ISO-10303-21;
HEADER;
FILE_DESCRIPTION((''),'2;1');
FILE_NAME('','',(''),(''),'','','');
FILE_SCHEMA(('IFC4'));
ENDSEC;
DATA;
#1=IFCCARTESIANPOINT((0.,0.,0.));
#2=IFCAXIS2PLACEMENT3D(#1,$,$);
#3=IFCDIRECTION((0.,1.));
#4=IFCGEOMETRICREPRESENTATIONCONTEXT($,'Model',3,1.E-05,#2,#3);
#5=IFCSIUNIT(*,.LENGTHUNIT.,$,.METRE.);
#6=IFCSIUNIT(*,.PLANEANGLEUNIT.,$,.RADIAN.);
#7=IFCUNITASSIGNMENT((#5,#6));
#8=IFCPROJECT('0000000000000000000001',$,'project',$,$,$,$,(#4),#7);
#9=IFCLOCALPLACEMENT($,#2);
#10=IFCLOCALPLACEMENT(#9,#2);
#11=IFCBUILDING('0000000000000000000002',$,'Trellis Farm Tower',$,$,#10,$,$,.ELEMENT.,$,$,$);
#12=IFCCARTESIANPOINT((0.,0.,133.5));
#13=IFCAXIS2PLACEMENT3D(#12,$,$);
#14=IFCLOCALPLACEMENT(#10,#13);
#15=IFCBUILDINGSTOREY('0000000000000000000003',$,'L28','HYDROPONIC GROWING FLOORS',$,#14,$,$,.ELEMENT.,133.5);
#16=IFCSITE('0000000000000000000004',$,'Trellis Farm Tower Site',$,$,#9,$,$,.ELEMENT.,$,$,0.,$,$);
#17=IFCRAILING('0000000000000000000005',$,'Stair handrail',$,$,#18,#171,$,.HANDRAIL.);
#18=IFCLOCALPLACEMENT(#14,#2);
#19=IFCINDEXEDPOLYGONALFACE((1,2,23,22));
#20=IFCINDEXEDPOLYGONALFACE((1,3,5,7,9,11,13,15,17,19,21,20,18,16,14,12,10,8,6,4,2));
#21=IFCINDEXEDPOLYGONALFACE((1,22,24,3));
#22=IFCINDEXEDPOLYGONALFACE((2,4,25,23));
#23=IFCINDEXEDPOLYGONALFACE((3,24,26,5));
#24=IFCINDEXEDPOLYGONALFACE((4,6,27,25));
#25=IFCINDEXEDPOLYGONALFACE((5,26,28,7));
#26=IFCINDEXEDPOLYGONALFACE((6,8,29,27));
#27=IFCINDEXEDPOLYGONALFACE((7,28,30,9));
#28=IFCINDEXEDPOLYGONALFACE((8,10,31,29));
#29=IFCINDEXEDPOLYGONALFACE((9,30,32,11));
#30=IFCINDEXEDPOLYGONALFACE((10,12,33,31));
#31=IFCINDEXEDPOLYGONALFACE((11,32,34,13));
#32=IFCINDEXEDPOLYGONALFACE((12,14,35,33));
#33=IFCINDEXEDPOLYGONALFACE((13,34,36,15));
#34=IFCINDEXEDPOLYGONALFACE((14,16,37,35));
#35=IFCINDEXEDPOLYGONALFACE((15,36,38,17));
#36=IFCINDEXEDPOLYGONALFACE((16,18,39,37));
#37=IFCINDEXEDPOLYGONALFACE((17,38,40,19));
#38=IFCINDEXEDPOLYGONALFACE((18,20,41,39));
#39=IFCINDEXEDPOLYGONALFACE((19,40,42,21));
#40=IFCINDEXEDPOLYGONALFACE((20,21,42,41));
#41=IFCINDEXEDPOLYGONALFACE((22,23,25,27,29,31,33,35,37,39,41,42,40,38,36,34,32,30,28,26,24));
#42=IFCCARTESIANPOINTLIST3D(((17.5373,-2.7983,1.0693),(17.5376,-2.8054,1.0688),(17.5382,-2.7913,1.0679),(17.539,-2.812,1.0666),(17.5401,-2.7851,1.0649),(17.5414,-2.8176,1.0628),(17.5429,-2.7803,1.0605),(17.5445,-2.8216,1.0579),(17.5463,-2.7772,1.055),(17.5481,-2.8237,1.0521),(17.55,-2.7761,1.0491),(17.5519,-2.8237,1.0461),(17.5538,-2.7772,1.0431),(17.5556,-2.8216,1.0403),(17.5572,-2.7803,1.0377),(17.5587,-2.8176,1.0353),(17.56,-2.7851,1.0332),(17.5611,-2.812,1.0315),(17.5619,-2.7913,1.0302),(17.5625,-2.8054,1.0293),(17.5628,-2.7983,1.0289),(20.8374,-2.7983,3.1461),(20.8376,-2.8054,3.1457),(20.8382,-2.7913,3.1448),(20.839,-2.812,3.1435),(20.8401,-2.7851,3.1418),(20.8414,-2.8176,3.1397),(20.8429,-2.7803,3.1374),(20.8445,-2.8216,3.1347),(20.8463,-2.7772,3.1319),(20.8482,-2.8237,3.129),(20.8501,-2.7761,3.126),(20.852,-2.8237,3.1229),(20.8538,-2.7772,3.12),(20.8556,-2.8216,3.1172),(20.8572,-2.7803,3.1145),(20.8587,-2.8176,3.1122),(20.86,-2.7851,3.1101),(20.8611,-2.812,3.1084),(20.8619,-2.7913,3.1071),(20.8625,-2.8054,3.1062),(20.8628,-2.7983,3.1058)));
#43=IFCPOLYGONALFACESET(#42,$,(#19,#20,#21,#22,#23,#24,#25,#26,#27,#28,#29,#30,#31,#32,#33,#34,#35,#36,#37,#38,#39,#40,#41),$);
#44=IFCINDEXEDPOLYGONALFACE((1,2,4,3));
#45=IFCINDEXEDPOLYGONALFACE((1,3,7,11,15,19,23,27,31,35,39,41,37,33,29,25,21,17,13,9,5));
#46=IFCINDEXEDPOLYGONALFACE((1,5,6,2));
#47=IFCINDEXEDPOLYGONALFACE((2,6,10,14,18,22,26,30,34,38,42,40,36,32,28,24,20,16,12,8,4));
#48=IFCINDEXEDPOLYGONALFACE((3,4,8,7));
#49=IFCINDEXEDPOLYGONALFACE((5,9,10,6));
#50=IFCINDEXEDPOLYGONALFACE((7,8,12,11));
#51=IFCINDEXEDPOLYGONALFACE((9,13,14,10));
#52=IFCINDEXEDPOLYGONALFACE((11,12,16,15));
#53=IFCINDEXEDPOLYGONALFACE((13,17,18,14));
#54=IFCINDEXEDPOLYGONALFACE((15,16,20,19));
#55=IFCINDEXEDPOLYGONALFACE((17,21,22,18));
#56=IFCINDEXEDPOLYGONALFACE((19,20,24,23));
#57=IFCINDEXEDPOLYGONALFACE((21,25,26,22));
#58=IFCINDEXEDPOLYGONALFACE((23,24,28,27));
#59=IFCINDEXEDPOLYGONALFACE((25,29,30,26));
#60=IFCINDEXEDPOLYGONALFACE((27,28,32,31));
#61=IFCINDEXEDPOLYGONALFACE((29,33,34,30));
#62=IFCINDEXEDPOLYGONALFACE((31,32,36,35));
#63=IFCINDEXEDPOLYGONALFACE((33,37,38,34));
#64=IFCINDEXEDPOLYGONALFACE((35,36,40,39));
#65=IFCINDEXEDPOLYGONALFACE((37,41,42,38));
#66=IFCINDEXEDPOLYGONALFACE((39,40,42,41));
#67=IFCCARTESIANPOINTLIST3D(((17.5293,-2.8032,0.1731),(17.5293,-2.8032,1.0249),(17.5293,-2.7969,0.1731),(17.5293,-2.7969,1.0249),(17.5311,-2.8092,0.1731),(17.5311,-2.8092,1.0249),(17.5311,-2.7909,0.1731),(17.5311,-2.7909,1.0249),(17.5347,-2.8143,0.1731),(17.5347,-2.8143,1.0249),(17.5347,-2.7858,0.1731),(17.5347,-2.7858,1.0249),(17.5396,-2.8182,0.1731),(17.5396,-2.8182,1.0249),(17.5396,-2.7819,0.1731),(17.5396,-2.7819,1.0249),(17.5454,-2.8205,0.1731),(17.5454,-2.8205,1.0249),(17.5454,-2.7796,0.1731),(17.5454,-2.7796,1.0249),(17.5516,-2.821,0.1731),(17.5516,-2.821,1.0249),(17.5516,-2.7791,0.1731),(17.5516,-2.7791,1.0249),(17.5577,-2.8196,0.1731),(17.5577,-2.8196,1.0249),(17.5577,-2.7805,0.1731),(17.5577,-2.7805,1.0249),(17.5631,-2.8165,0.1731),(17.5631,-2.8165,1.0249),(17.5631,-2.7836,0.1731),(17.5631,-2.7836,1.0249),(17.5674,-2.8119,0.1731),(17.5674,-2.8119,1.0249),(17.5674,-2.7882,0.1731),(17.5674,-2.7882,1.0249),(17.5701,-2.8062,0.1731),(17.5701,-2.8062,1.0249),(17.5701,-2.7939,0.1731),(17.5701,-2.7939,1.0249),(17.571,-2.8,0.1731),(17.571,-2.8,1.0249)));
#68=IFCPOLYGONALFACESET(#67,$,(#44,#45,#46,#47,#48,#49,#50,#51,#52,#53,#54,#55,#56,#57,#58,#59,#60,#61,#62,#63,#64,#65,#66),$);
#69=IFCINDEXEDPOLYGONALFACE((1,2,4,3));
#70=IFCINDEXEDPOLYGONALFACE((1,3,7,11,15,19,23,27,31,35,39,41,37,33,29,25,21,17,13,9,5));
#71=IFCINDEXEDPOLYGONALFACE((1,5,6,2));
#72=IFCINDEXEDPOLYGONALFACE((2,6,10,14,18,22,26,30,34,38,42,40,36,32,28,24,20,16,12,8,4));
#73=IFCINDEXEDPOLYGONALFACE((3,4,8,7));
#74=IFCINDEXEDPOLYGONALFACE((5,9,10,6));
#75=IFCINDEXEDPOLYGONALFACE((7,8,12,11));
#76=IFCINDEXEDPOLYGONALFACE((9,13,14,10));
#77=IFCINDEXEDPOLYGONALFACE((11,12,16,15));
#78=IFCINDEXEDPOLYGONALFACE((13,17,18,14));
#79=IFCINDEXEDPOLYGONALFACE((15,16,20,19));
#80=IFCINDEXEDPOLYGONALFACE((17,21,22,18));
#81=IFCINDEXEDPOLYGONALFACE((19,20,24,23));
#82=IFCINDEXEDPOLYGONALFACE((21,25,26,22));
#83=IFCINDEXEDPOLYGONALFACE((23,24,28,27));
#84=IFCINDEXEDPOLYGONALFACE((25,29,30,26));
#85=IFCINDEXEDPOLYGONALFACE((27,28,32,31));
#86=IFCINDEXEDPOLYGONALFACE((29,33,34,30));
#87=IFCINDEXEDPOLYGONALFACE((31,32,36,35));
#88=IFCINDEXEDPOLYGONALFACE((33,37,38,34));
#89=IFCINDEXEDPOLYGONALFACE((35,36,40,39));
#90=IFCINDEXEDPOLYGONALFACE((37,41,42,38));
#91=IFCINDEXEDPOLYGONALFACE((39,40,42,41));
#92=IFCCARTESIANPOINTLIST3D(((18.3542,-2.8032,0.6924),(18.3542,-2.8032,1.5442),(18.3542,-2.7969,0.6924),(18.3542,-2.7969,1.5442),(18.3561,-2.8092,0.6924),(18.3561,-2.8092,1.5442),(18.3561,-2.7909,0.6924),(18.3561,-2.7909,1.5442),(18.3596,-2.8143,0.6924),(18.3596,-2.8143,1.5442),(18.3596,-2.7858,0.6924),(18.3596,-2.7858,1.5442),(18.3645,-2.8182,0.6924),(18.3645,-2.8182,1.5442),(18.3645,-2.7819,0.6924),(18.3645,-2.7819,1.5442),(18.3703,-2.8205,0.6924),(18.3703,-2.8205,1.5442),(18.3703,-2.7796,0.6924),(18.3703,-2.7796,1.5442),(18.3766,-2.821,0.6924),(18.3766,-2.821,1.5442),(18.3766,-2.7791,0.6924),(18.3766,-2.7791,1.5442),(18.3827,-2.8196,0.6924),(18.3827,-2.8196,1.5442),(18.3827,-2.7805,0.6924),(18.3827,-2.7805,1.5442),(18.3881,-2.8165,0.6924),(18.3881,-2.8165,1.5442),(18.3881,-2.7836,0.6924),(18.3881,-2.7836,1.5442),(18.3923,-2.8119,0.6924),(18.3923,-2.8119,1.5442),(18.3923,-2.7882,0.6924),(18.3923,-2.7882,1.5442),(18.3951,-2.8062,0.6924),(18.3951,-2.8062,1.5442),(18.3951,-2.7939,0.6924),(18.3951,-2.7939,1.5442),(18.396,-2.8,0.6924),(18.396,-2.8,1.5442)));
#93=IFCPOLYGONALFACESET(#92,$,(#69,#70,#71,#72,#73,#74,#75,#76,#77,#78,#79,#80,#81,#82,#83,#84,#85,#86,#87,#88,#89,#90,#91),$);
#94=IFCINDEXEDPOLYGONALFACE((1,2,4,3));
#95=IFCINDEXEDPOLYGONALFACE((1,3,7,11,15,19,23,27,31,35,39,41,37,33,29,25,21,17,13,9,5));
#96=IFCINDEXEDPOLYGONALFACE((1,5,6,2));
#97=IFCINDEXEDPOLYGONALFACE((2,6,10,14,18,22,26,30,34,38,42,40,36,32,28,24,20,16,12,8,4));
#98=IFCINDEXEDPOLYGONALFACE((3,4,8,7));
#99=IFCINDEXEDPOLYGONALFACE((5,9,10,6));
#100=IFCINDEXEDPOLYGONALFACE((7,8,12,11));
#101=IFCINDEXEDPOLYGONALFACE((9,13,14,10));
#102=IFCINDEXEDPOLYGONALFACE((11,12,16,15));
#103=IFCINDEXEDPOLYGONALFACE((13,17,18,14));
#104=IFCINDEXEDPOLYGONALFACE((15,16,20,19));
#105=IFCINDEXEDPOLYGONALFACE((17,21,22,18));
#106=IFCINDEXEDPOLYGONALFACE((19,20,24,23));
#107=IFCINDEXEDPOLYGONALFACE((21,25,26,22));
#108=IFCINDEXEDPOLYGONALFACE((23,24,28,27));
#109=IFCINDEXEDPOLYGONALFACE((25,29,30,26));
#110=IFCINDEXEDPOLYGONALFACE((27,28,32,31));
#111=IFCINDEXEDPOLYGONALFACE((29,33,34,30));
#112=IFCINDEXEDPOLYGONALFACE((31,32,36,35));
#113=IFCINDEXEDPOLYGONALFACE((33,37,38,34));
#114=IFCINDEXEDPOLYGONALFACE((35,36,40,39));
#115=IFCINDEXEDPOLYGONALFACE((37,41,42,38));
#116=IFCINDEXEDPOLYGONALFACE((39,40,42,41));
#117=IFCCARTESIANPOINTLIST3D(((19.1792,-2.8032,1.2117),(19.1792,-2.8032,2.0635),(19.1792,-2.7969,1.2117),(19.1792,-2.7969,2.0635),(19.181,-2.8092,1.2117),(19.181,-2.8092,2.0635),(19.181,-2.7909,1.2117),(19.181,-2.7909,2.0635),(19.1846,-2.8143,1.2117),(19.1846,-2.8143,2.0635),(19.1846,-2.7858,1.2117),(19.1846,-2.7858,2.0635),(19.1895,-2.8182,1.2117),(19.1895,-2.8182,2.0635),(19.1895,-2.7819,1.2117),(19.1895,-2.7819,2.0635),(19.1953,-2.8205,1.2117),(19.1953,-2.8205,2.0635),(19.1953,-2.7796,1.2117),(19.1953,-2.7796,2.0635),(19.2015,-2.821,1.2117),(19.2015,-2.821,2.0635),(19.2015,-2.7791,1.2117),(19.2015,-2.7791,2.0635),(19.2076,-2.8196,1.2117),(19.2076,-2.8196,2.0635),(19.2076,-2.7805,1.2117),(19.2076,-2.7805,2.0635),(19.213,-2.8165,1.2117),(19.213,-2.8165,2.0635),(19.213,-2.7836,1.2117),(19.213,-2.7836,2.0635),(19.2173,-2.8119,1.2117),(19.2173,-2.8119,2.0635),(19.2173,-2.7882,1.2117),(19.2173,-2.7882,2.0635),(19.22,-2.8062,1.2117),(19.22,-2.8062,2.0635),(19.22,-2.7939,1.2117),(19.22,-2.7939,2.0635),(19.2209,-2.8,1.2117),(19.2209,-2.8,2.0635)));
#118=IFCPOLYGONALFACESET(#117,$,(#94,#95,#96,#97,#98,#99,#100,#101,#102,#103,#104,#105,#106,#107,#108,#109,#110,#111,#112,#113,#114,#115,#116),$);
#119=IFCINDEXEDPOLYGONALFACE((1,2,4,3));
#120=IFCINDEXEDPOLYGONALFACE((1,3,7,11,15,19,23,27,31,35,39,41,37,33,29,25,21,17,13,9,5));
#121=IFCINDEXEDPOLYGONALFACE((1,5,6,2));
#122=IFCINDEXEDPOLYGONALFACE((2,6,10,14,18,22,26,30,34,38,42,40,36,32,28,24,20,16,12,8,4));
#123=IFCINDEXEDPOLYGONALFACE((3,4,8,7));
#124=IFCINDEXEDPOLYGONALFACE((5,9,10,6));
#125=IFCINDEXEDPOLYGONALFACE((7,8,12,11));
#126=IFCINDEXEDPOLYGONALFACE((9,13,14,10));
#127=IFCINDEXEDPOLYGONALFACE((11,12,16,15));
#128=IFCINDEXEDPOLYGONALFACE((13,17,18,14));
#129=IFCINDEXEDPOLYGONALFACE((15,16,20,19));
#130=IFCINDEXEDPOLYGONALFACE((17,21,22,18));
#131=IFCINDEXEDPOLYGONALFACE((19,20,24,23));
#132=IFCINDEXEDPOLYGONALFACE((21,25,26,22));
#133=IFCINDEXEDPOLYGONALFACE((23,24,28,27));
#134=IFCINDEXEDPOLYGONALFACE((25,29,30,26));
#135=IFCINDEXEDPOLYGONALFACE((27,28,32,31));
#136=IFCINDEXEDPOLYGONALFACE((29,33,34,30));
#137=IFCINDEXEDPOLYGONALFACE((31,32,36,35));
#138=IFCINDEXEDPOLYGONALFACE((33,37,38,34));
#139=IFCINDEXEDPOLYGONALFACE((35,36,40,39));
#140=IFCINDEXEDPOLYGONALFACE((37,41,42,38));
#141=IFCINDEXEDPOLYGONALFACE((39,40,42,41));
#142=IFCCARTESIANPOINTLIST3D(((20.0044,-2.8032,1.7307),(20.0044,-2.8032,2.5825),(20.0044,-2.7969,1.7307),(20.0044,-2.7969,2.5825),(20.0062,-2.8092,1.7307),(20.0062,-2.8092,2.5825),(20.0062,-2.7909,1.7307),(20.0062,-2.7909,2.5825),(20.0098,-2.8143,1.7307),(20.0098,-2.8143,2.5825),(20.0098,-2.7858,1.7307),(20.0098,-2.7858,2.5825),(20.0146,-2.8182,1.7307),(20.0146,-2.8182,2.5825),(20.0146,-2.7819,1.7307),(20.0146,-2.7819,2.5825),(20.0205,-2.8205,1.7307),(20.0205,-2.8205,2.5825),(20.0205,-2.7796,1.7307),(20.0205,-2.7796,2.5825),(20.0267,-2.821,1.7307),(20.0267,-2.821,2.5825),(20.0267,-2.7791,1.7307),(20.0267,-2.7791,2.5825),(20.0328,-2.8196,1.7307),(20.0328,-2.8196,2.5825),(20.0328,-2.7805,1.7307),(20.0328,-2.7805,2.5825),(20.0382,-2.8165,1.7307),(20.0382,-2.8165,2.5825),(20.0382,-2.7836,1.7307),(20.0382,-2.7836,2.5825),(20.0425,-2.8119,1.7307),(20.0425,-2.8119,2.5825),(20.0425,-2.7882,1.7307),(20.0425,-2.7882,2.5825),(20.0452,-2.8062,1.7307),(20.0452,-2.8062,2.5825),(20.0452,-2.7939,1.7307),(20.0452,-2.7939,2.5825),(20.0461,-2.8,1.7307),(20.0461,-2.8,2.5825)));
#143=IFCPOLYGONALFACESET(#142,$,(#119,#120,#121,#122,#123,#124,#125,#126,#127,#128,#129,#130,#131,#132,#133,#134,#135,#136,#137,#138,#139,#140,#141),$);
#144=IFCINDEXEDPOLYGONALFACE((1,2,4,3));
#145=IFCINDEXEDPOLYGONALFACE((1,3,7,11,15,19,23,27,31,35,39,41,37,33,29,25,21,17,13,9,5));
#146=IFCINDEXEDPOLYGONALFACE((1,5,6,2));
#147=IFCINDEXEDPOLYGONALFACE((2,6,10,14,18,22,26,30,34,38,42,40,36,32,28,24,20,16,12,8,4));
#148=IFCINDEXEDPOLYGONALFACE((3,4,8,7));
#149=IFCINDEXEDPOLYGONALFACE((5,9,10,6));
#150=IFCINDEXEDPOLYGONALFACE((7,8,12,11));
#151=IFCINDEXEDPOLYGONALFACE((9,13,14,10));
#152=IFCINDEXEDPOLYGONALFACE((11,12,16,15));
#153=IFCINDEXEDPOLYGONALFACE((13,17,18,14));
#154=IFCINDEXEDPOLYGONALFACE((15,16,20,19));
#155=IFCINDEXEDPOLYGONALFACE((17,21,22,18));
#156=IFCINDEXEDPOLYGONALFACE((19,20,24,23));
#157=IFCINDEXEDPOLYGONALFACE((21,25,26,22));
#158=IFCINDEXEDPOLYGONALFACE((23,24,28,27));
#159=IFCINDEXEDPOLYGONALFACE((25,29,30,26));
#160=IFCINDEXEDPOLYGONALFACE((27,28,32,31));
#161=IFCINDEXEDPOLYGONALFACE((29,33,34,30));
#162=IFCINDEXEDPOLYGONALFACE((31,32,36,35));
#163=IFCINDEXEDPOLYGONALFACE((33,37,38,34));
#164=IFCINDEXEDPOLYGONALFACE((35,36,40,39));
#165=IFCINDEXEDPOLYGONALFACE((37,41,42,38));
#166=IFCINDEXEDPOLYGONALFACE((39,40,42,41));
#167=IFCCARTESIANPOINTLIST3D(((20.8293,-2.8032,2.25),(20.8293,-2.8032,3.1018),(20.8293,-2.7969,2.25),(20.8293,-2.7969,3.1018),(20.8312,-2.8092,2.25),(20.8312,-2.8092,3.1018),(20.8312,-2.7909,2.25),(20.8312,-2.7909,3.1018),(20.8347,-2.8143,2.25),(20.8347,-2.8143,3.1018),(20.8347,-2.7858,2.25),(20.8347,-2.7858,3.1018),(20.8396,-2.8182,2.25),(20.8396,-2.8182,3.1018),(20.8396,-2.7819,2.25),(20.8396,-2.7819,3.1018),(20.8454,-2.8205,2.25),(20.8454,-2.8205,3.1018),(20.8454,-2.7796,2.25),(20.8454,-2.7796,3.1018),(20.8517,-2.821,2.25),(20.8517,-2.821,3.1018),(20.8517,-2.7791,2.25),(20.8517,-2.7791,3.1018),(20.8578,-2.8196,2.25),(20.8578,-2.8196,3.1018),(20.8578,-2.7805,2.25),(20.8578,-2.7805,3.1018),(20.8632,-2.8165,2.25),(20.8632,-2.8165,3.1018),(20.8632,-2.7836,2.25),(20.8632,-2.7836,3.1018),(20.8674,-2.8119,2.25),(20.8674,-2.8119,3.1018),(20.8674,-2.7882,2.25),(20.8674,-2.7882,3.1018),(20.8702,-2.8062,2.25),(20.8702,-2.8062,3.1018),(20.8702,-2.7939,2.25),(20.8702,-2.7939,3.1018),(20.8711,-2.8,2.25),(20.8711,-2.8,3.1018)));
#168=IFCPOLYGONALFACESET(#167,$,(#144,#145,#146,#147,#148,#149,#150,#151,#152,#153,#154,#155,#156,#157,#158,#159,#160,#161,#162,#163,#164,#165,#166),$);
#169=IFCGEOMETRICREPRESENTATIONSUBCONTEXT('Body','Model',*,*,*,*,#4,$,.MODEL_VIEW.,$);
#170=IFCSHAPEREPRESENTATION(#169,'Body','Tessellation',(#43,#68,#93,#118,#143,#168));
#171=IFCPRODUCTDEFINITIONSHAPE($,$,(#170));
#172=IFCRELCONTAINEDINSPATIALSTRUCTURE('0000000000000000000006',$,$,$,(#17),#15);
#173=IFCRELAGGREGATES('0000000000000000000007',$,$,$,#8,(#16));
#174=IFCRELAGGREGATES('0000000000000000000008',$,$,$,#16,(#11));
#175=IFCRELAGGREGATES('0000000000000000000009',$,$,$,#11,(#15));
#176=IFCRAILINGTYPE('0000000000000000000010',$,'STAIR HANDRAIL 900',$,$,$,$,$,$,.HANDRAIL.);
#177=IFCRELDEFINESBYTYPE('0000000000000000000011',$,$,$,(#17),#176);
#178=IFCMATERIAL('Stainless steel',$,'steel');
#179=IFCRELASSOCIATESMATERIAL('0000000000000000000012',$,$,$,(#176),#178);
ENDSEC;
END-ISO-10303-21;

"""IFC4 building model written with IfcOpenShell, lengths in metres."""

from ifc_helpers import new_model, si_unit, direction, frame, origin, origin_2d, place, context, subcontext, project, spatial, circle, extrude, source, transform, mapped, material, type_object, element, save


model = new_model("IFC4")

# Units and contexts
model_context = context("Model", 3, precision=1e-05, world=origin(), true_north=direction((0.0, 1.0)))
body_context = subcontext(model_context, "Body", "Model", "MODEL_VIEW")
ifc_project = project(units=[si_unit("LENGTHUNIT", "METRE"), si_unit("PLANEANGLEUNIT", "RADIAN")], contexts=[model_context])

# Site, building, storey
site_placement = place(None, origin())
site = spatial("IfcSite", under=ifc_project, at=site_placement, Name="Trellis Farm Tower Site", CompositionType="ELEMENT", RefElevation=0.0)
building_placement = place(site_placement, origin())
building = spatial("IfcBuilding", under=site, at=building_placement, Name="Trellis Farm Tower", CompositionType="ELEMENT")
storey_placement = place(building_placement, frame((0.0, 0.0, 133.5)))
storey = spatial("IfcBuildingStorey", under=building, at=storey_placement, Name="L28", Description="HYDROPONIC GROWING FLOORS", CompositionType="ELEMENT", Elevation=133.5)

# Shared definitions
ifc_material_1 = material(Name="Stainless steel", Category="steel")

# Railing
railing_type = type_object("IfcRailingType", Name="STAIR HANDRAIL 900", PredefinedType="HANDRAIL", material=ifc_material_1)
shared_shape_1 = source(origin(), body_context, "Body", "SweptSolid", [
    extrude(circle(Radius=0.0239, at=origin_2d()), frame((0.0, 0.0, 0.876), z_axis=(0.846337, 0.0, 0.532647), x_axis=(0.0, 1.0, 0.0)), (0.0, 0.0, 1.0), 3.8992),
    extrude(circle(Radius=0.021, at=origin_2d()), origin(), (0.0, 0.0, 1.0), 0.8518),
    extrude(circle(Radius=0.021, at=origin_2d()), frame((0.825, 0.0, 0.5193)), (0.0, 0.0, 1.0), 0.8518),
    extrude(circle(Radius=0.021, at=origin_2d()), frame((1.6499, 0.0, 1.0386)), (0.0, 0.0, 1.0), 0.8518),
    extrude(circle(Radius=0.021, at=origin_2d()), frame((2.4751, 0.0, 1.5576)), (0.0, 0.0, 1.0), 0.8518),
    extrude(circle(Radius=0.021, at=origin_2d()), frame((3.3, 0.0, 2.0769)), (0.0, 0.0, 1.0), 0.8518),
])
for number, where, name in (
    (1, (17.55, -2.8, 0.1731), "Stair handrail"),
):
    element("IfcRailing", number, at=place(storey_placement, frame(where)), inside=storey, type_object=railing_type, Name=name, PredefinedType="HANDRAIL", context=body_context, shape_type="MappedRepresentation", body=[
        mapped(shared_shape_1, transform((0.0, 0.0, 0.0))),
    ])

save(model, "model.ifc")
